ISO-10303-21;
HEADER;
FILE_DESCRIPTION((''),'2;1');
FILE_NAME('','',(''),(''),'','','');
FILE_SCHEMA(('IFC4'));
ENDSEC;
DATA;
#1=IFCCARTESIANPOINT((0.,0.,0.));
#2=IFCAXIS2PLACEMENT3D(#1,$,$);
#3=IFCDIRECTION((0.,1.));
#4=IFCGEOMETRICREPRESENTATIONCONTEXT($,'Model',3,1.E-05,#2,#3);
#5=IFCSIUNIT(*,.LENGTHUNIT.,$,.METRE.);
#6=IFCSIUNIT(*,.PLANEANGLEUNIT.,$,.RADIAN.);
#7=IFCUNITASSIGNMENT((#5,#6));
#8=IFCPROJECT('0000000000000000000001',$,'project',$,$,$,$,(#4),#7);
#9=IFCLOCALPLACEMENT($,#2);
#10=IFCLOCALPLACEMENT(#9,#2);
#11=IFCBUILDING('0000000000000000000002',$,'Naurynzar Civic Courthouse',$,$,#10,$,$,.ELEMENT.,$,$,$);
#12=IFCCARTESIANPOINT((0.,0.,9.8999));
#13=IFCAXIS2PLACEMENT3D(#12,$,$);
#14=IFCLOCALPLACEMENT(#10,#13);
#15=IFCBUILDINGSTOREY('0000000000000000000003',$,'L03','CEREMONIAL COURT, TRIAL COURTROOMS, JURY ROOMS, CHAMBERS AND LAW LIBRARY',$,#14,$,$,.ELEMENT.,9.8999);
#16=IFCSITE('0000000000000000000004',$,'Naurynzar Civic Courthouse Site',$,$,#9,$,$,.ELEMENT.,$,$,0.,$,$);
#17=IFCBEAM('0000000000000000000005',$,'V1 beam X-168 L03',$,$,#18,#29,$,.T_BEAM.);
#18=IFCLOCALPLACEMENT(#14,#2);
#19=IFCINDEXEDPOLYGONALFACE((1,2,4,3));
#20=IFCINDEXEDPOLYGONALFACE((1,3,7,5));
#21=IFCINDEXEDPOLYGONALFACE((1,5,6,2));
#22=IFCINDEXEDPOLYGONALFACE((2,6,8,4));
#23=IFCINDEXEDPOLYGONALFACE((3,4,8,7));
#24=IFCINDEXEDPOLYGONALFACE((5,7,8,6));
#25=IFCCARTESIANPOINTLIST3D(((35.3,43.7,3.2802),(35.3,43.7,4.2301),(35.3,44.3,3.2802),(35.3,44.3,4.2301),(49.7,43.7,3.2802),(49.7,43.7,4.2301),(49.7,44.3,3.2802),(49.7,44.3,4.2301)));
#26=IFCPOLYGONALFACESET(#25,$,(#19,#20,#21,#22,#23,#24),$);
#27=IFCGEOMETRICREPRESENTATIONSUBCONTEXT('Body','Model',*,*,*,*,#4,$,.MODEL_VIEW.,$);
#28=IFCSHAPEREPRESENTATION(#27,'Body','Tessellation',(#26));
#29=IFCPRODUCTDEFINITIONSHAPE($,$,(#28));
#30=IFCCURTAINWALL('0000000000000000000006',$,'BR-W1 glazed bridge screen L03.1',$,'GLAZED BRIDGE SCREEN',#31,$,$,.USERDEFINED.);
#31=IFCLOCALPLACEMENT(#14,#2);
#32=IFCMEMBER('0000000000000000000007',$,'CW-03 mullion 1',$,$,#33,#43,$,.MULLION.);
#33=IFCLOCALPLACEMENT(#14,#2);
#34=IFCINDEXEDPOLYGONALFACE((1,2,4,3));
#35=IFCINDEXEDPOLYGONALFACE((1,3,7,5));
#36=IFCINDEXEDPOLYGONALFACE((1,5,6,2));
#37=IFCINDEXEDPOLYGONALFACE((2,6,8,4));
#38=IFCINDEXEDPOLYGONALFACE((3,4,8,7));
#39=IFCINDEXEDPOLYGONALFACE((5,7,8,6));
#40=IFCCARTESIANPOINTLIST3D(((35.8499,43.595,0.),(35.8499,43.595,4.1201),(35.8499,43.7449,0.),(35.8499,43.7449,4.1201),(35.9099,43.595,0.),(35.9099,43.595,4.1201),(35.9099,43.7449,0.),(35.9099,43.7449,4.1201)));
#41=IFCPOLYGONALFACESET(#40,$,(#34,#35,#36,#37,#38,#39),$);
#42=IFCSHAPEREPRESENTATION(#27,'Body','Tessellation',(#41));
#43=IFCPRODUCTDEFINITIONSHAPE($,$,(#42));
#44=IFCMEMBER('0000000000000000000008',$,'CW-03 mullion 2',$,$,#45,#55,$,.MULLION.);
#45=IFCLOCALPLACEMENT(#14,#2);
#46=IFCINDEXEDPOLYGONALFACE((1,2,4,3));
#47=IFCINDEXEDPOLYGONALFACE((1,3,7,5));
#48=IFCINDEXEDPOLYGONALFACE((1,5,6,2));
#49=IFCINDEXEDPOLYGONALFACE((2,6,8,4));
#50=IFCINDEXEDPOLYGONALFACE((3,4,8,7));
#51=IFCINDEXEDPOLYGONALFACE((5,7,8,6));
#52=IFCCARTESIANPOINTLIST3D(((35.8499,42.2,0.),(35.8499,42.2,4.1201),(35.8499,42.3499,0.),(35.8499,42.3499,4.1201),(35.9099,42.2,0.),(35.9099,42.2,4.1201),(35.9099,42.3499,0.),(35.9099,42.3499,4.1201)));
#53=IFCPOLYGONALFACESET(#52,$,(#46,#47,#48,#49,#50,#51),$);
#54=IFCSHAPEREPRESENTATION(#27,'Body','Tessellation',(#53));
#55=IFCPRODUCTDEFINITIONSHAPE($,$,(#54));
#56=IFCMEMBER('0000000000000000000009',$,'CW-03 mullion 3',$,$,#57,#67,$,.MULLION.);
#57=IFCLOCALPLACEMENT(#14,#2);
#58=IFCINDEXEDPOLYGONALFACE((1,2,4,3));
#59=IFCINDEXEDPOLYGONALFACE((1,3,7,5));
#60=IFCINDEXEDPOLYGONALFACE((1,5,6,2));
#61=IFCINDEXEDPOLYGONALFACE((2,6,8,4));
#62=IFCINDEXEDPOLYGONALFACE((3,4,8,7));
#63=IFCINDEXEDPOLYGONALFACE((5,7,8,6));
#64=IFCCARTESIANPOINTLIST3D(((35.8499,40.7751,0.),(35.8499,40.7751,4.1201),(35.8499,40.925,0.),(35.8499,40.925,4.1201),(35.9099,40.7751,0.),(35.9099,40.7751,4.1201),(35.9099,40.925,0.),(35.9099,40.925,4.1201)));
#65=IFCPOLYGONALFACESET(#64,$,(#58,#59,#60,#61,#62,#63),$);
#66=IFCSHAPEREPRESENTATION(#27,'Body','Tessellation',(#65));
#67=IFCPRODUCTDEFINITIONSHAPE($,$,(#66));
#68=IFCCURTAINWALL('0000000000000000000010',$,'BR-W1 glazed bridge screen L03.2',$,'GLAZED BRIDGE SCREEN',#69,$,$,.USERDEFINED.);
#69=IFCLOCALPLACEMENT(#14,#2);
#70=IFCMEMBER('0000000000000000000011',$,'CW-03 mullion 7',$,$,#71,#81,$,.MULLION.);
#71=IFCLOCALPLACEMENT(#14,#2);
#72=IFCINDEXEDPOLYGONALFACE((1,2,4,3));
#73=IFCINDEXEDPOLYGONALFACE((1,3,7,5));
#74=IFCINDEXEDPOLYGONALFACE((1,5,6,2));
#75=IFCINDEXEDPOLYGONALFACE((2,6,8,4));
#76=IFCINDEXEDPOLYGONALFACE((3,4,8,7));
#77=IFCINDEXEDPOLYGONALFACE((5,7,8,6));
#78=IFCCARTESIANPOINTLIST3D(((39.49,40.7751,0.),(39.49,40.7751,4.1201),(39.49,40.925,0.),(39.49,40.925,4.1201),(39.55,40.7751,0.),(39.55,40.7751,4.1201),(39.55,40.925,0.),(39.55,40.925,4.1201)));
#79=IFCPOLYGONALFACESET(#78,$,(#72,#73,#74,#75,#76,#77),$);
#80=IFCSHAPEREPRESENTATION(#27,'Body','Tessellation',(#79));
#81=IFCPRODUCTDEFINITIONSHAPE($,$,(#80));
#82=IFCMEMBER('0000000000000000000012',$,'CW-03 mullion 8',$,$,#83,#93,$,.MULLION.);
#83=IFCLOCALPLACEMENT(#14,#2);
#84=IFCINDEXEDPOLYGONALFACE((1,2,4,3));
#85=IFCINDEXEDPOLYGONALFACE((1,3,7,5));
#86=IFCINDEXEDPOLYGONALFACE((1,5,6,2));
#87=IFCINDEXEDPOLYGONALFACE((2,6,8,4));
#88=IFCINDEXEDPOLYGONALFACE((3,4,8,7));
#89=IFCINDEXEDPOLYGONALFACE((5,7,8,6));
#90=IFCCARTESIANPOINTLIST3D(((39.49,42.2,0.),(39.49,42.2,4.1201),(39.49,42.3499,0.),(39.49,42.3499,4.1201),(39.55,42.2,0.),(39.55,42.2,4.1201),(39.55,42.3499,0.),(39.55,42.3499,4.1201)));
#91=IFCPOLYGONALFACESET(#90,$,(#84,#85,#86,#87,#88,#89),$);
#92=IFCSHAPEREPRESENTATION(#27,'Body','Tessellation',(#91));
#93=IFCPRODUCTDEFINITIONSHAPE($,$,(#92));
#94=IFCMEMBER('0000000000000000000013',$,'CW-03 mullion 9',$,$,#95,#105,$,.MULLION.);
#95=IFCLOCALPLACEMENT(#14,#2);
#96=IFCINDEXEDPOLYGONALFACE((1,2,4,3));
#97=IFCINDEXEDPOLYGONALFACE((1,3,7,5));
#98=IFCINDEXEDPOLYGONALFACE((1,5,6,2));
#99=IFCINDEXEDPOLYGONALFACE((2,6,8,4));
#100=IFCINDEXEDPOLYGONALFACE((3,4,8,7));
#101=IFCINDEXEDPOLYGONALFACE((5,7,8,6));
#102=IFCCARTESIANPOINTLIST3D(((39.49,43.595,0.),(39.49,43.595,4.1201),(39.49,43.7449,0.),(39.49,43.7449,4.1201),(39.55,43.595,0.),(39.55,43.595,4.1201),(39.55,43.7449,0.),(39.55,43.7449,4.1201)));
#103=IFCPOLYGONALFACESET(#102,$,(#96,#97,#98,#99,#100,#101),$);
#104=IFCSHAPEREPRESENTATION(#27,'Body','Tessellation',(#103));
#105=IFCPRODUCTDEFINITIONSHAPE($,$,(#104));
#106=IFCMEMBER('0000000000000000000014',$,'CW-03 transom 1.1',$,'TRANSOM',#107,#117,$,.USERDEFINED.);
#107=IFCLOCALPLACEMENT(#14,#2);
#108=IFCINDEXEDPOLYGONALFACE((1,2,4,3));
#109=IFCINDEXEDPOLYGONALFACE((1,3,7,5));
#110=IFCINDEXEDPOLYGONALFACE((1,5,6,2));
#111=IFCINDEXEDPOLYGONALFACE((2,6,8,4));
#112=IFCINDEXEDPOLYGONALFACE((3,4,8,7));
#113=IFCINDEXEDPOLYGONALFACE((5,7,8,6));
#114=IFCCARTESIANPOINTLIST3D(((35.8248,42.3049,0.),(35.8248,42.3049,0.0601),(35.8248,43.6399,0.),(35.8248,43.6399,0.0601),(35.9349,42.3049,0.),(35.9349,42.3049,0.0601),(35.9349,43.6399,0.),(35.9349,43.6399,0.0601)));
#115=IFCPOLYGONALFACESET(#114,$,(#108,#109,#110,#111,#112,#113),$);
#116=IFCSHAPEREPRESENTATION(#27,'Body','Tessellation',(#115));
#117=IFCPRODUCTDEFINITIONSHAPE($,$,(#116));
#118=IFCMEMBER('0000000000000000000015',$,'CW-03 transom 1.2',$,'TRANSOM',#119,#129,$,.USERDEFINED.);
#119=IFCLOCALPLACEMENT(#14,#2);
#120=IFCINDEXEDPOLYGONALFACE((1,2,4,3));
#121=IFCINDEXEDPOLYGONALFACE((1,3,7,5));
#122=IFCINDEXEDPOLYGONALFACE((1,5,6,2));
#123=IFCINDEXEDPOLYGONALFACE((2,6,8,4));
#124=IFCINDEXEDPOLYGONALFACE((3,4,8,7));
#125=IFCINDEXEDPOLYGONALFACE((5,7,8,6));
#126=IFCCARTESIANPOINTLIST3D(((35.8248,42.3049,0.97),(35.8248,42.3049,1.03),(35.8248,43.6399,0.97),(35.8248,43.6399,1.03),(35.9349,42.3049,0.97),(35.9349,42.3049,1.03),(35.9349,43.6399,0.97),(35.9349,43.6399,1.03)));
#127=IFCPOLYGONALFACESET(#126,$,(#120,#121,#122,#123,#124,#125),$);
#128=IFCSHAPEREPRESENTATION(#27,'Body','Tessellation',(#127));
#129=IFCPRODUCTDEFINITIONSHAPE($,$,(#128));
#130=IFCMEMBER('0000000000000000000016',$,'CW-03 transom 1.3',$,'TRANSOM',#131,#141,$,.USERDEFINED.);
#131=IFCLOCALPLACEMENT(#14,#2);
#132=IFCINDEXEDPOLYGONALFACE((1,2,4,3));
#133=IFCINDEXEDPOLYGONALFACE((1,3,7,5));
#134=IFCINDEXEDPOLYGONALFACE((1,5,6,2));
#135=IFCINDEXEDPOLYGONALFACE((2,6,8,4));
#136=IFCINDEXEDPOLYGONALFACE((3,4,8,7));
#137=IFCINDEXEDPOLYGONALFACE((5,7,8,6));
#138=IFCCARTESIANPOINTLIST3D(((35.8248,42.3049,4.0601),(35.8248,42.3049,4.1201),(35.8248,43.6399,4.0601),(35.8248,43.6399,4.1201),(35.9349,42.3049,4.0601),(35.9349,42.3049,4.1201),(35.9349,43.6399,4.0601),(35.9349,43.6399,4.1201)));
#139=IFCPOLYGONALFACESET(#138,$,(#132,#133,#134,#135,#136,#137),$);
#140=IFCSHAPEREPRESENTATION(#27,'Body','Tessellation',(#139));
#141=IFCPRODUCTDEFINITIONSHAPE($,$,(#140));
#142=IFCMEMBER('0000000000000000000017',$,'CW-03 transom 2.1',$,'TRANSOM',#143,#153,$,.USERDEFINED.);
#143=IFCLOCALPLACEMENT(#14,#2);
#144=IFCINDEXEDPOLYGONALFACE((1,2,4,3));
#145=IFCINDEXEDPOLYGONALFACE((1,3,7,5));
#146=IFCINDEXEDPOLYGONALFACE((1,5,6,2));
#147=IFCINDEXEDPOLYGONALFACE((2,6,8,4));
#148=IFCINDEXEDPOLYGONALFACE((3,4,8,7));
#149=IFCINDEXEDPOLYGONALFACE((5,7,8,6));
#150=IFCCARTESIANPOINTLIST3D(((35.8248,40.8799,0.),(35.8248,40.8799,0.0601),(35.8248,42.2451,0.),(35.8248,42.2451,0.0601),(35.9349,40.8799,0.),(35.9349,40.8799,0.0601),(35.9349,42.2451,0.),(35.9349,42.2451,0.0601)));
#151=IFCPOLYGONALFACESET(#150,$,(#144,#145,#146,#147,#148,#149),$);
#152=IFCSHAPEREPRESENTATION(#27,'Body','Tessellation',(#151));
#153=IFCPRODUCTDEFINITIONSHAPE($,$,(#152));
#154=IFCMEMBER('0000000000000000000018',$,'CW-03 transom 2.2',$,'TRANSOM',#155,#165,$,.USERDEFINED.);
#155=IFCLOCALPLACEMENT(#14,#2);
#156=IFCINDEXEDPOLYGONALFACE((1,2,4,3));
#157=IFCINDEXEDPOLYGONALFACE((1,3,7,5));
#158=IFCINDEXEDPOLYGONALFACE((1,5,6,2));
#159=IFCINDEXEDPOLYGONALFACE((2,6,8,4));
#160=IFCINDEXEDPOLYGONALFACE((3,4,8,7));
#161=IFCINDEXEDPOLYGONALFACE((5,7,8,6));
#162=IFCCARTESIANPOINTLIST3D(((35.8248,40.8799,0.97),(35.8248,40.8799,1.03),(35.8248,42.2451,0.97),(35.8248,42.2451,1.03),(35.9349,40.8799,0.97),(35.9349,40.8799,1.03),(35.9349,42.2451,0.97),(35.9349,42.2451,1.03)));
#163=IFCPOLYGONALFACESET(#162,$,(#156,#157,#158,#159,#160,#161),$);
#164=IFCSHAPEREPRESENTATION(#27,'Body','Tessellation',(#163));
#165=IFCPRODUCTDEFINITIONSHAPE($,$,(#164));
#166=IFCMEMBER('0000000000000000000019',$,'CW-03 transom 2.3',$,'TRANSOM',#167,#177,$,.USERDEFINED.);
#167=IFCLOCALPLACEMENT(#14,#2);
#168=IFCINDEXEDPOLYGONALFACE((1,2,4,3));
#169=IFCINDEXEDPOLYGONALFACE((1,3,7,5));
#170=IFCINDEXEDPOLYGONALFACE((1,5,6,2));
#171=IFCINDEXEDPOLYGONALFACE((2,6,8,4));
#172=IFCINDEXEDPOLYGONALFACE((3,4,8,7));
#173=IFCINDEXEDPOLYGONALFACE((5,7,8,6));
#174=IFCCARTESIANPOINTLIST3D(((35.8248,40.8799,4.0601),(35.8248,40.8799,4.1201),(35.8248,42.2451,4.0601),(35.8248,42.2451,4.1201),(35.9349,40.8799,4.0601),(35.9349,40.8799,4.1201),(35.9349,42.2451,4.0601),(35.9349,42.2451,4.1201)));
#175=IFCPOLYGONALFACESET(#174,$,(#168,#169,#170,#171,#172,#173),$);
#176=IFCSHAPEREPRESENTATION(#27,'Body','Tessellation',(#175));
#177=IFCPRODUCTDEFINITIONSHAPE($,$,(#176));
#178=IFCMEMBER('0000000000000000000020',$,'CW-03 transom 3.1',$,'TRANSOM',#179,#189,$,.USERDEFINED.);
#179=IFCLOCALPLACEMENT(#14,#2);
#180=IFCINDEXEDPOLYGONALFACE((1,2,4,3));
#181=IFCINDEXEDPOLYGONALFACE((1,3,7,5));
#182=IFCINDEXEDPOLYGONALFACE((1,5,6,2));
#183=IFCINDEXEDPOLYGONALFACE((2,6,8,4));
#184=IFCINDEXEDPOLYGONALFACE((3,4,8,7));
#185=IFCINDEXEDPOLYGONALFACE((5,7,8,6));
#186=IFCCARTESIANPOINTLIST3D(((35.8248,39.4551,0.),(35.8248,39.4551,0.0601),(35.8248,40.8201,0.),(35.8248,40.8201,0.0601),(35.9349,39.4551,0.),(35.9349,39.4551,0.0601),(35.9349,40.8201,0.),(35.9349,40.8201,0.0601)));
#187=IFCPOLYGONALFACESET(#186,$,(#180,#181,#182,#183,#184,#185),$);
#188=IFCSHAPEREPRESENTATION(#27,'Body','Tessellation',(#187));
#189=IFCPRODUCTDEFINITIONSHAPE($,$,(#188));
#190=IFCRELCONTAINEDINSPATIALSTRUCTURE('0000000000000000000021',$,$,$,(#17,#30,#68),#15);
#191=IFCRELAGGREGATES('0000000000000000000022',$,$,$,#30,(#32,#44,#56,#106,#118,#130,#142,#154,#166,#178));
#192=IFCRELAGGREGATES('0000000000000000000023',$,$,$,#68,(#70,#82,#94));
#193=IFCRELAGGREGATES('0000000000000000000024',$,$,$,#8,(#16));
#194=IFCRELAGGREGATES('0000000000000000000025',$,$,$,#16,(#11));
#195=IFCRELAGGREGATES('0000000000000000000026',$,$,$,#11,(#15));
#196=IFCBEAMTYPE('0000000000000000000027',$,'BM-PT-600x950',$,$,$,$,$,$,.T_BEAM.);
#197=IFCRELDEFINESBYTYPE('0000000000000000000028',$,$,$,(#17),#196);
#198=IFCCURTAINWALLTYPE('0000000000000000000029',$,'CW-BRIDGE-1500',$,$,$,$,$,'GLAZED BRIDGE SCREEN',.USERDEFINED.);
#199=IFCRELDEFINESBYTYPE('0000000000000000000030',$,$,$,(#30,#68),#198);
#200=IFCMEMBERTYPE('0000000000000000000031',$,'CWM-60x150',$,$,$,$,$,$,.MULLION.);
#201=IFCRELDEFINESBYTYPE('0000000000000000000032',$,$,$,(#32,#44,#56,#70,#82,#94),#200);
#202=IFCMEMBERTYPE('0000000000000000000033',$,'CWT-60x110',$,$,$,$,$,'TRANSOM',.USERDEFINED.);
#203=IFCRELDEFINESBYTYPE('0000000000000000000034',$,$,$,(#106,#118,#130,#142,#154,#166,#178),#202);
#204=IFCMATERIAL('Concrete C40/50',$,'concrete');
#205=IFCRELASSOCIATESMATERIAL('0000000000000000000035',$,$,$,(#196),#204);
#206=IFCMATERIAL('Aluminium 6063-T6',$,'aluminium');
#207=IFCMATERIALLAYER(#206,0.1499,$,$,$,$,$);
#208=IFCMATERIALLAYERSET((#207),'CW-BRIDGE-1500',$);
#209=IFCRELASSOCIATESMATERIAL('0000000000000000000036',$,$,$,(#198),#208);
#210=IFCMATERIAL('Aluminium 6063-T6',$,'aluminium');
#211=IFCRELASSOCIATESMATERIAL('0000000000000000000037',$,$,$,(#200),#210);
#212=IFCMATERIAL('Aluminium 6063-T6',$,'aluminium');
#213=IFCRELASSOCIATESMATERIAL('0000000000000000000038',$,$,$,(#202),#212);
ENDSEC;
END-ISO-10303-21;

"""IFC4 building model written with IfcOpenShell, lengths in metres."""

from ifc_helpers import new_model, si_unit, direction, frame, origin, origin_2d, place, context, subcontext, project, spatial, rectangle, extrude, material, layer, layer_set, material_profile, profile_set, type_object, element, aggregate, save


model = new_model("IFC4")

# Units and contexts
model_context = context("Model", 3, precision=1e-05, world=origin(), true_north=direction((0.0, 1.0)))
body_context = subcontext(model_context, "Body", "Model", "MODEL_VIEW")
ifc_project = project(units=[si_unit("LENGTHUNIT", "METRE"), si_unit("PLANEANGLEUNIT", "RADIAN")], contexts=[model_context])

# Site, building, storey
site_placement = place(None, origin())
site = spatial("IfcSite", under=ifc_project, at=site_placement, Name="Naurynzar Civic Courthouse Site", CompositionType="ELEMENT", RefElevation=0.0)
building_placement = place(site_placement, origin())
building = spatial("IfcBuilding", under=site, at=building_placement, Name="Naurynzar Civic Courthouse", CompositionType="ELEMENT")
storey_placement = place(building_placement, frame((0.0, 0.0, 9.8999)))
storey = spatial("IfcBuildingStorey", under=building, at=storey_placement, Name="L03", Description="CEREMONIAL COURT, TRIAL COURTROOMS, JURY ROOMS, CHAMBERS AND LAW LIBRARY", CompositionType="ELEMENT", Elevation=9.8999)

# Beam
ifc_material_1 = material(Name="Concrete C40/50", Category="concrete")
ifc_material_profile_1 = material_profile(ifc_material_1, rectangle(XDim=0.6001, YDim=0.95, at=origin_2d()), Name="PTB 600x950")
ifc_profile_set_1 = profile_set([ifc_material_profile_1], Name="Concrete C40/50")
beam_type = type_object("IfcBeamType", Name="BM-PT-600x950", PredefinedType="T_BEAM", material=ifc_profile_set_1)
beam_placement = place(storey_placement, frame((35.3, 44.0, 3.7551), z_axis=(1.0, 0.0, 0.0), x_axis=(0.0, 1.0, 0.0)))
element("IfcBeam", 1, at=beam_placement, inside=storey, type_object=beam_type, Name="V1 beam X-168 L03", PredefinedType="T_BEAM", context=body_context, shape_type="SweptSolid", body=[
    extrude(rectangle(XDim=0.6001, YDim=0.95, at=origin_2d()), origin(), (0.0, 0.0, 1.0), 14.3999),
])

# Curtain walls, members
ifc_material_2 = material(Name="Aluminium 6063-T6", Category="aluminium")
ifc_layer_1 = layer(ifc_material_2, 0.1499)
ifc_layer_set_1 = layer_set([ifc_layer_1], Name="CW-BRIDGE-1500")
curtain_wall_type = type_object("IfcCurtainWallType", Name="CW-BRIDGE-1500", ElementType="GLAZED BRIDGE SCREEN", PredefinedType="USERDEFINED", material=ifc_layer_set_1)
curtain_wall_1_placement = place(storey_placement, origin())
curtain_wall_1 = element("IfcCurtainWall", 2, at=curtain_wall_1_placement, inside=storey, type_object=curtain_wall_type, Name="BR-W1 glazed bridge screen L03.1", ObjectType="GLAZED BRIDGE SCREEN", PredefinedType="USERDEFINED")
ifc_material_3 = material(Name="Aluminium 6063-T6", Category="aluminium")
ifc_material_profile_2 = material_profile(ifc_material_3, rectangle(XDim=0.0601, YDim=0.1499, at=origin_2d()), Name="ALU MULLION 60x150")
ifc_profile_set_2 = profile_set([ifc_material_profile_2], Name="Aluminium 6063-T6")
member_type_1 = type_object("IfcMemberType", Name="CWM-60x150", PredefinedType="MULLION", material=ifc_profile_set_2)
member_1_placement = place(storey_placement, frame((35.8799, 43.6699, 0.0), z_axis=(0.0, 0.0, 1.0), x_axis=(1.0, 0.0, 0.0)))
member_1 = element("IfcMember", 3, at=member_1_placement, type_object=member_type_1, Name="CW-03 mullion 1", PredefinedType="MULLION", context=body_context, shape_type="SweptSolid", body=[
    extrude(rectangle(XDim=0.0601, YDim=0.1499, at=origin_2d()), origin(), (0.0, 0.0, 1.0), 4.1201),
])
member_2_placement = place(storey_placement, frame((35.8799, 42.2749, 0.0), z_axis=(0.0, 0.0, 1.0), x_axis=(1.0, 0.0, 0.0)))
member_2 = element("IfcMember", 4, at=member_2_placement, type_object=member_type_1, Name="CW-03 mullion 2", PredefinedType="MULLION", context=body_context, shape_type="SweptSolid", body=[
    extrude(rectangle(XDim=0.0601, YDim=0.1499, at=origin_2d()), origin(), (0.0, 0.0, 1.0), 4.1201),
])
member_3_placement = place(storey_placement, frame((35.8799, 40.8501, 0.0), z_axis=(0.0, 0.0, 1.0), x_axis=(1.0, 0.0, 0.0)))
member_3 = element("IfcMember", 5, at=member_3_placement, type_object=member_type_1, Name="CW-03 mullion 3", PredefinedType="MULLION", context=body_context, shape_type="SweptSolid", body=[
    extrude(rectangle(XDim=0.0601, YDim=0.1499, at=origin_2d()), origin(), (0.0, 0.0, 1.0), 4.1201),
])
curtain_wall_2_placement = place(storey_placement, origin())
curtain_wall_2 = element("IfcCurtainWall", 6, at=curtain_wall_2_placement, inside=storey, type_object=curtain_wall_type, Name="BR-W1 glazed bridge screen L03.2", ObjectType="GLAZED BRIDGE SCREEN", PredefinedType="USERDEFINED")
member_4_placement = place(storey_placement, frame((39.52, 40.8501, 0.0), z_axis=(0.0, 0.0, 1.0), x_axis=(-1.0, 0.0, 0.0)))
member_4 = element("IfcMember", 7, at=member_4_placement, type_object=member_type_1, Name="CW-03 mullion 7", PredefinedType="MULLION", context=body_context, shape_type="SweptSolid", body=[
    extrude(rectangle(XDim=0.0601, YDim=0.1499, at=origin_2d()), origin(), (0.0, 0.0, 1.0), 4.1201),
])
member_5_placement = place(storey_placement, frame((39.52, 42.2749, 0.0), z_axis=(0.0, 0.0, 1.0), x_axis=(-1.0, 0.0, 0.0)))
member_5 = element("IfcMember", 8, at=member_5_placement, type_object=member_type_1, Name="CW-03 mullion 8", PredefinedType="MULLION", context=body_context, shape_type="SweptSolid", body=[
    extrude(rectangle(XDim=0.0601, YDim=0.1499, at=origin_2d()), origin(), (0.0, 0.0, 1.0), 4.1201),
])
member_6_placement = place(storey_placement, frame((39.52, 43.6699, 0.0), z_axis=(0.0, 0.0, 1.0), x_axis=(-1.0, 0.0, 0.0)))
member_6 = element("IfcMember", 9, at=member_6_placement, type_object=member_type_1, Name="CW-03 mullion 9", PredefinedType="MULLION", context=body_context, shape_type="SweptSolid", body=[
    extrude(rectangle(XDim=0.0601, YDim=0.1499, at=origin_2d()), origin(), (0.0, 0.0, 1.0), 4.1201),
])

# Members
ifc_material_4 = material(Name="Aluminium 6063-T6", Category="aluminium")
ifc_material_profile_3 = material_profile(ifc_material_4, rectangle(XDim=0.1101, YDim=0.0601, at=origin_2d()), Name="ALU TRANSOM 60x110")
ifc_profile_set_3 = profile_set([ifc_material_profile_3], Name="Aluminium 6063-T6")
member_type_2 = type_object("IfcMemberType", Name="CWT-60x110", ElementType="TRANSOM", PredefinedType="USERDEFINED", material=ifc_profile_set_3)
member_7_placement = place(storey_placement, frame((35.8799, 43.6399, 0.03), z_axis=(0.0, -1.0, 0.0), x_axis=(1.0, 0.0, 0.0)))
member_7 = element("IfcMember", 10, at=member_7_placement, type_object=member_type_2, Name="CW-03 transom 1.1", ObjectType="TRANSOM", PredefinedType="USERDEFINED", context=body_context, shape_type="SweptSolid", body=[
    extrude(rectangle(XDim=0.1101, YDim=0.0601, at=origin_2d()), origin(), (0.0, 0.0, 1.0), 1.335),
])
member_8_placement = place(storey_placement, frame((35.8799, 43.6399, 1.0), z_axis=(0.0, -1.0, 0.0), x_axis=(1.0, 0.0, 0.0)))
member_8 = element("IfcMember", 11, at=member_8_placement, type_object=member_type_2, Name="CW-03 transom 1.2", ObjectType="TRANSOM", PredefinedType="USERDEFINED", context=body_context, shape_type="SweptSolid", body=[
    extrude(rectangle(XDim=0.1101, YDim=0.0601, at=origin_2d()), origin(), (0.0, 0.0, 1.0), 1.335),
])
member_9_placement = place(storey_placement, frame((35.8799, 43.6399, 4.0901), z_axis=(0.0, -1.0, 0.0), x_axis=(1.0, 0.0, 0.0)))
member_9 = element("IfcMember", 12, at=member_9_placement, type_object=member_type_2, Name="CW-03 transom 1.3", ObjectType="TRANSOM", PredefinedType="USERDEFINED", context=body_context, shape_type="SweptSolid", body=[
    extrude(rectangle(XDim=0.1101, YDim=0.0601, at=origin_2d()), origin(), (0.0, 0.0, 1.0), 1.335),
])
member_10_placement = place(storey_placement, frame((35.8799, 42.2451, 0.03), z_axis=(0.0, -1.0, 0.0), x_axis=(1.0, 0.0, 0.0)))
member_10 = element("IfcMember", 13, at=member_10_placement, type_object=member_type_2, Name="CW-03 transom 2.1", ObjectType="TRANSOM", PredefinedType="USERDEFINED", context=body_context, shape_type="SweptSolid", body=[
    extrude(rectangle(XDim=0.1101, YDim=0.0601, at=origin_2d()), origin(), (0.0, 0.0, 1.0), 1.3652),
])
member_11_placement = place(storey_placement, frame((35.8799, 42.2451, 1.0), z_axis=(0.0, -1.0, 0.0), x_axis=(1.0, 0.0, 0.0)))
member_11 = element("IfcMember", 14, at=member_11_placement, type_object=member_type_2, Name="CW-03 transom 2.2", ObjectType="TRANSOM", PredefinedType="USERDEFINED", context=body_context, shape_type="SweptSolid", body=[
    extrude(rectangle(XDim=0.1101, YDim=0.0601, at=origin_2d()), origin(), (0.0, 0.0, 1.0), 1.3652),
])
member_12_placement = place(storey_placement, frame((35.8799, 42.2451, 4.0901), z_axis=(0.0, -1.0, 0.0), x_axis=(1.0, 0.0, 0.0)))
member_12 = element("IfcMember", 15, at=member_12_placement, type_object=member_type_2, Name="CW-03 transom 2.3", ObjectType="TRANSOM", PredefinedType="USERDEFINED", context=body_context, shape_type="SweptSolid", body=[
    extrude(rectangle(XDim=0.1101, YDim=0.0601, at=origin_2d()), origin(), (0.0, 0.0, 1.0), 1.3652),
])
member_13_placement = place(storey_placement, frame((35.8799, 40.8201, 0.03), z_axis=(0.0, -1.0, 0.0), x_axis=(1.0, 0.0, 0.0)))
member_13 = element("IfcMember", 16, at=member_13_placement, type_object=member_type_2, Name="CW-03 transom 3.1", ObjectType="TRANSOM", PredefinedType="USERDEFINED", context=body_context, shape_type="SweptSolid", body=[
    extrude(rectangle(XDim=0.1101, YDim=0.0601, at=origin_2d()), origin(), (0.0, 0.0, 1.0), 1.365),
])

aggregate(curtain_wall_1, [member_1, member_2, member_3, member_7, member_8, member_9, member_10, member_11, member_12, member_13])
aggregate(curtain_wall_2, [member_4, member_5, member_6])

save(model, "model.ifc")
